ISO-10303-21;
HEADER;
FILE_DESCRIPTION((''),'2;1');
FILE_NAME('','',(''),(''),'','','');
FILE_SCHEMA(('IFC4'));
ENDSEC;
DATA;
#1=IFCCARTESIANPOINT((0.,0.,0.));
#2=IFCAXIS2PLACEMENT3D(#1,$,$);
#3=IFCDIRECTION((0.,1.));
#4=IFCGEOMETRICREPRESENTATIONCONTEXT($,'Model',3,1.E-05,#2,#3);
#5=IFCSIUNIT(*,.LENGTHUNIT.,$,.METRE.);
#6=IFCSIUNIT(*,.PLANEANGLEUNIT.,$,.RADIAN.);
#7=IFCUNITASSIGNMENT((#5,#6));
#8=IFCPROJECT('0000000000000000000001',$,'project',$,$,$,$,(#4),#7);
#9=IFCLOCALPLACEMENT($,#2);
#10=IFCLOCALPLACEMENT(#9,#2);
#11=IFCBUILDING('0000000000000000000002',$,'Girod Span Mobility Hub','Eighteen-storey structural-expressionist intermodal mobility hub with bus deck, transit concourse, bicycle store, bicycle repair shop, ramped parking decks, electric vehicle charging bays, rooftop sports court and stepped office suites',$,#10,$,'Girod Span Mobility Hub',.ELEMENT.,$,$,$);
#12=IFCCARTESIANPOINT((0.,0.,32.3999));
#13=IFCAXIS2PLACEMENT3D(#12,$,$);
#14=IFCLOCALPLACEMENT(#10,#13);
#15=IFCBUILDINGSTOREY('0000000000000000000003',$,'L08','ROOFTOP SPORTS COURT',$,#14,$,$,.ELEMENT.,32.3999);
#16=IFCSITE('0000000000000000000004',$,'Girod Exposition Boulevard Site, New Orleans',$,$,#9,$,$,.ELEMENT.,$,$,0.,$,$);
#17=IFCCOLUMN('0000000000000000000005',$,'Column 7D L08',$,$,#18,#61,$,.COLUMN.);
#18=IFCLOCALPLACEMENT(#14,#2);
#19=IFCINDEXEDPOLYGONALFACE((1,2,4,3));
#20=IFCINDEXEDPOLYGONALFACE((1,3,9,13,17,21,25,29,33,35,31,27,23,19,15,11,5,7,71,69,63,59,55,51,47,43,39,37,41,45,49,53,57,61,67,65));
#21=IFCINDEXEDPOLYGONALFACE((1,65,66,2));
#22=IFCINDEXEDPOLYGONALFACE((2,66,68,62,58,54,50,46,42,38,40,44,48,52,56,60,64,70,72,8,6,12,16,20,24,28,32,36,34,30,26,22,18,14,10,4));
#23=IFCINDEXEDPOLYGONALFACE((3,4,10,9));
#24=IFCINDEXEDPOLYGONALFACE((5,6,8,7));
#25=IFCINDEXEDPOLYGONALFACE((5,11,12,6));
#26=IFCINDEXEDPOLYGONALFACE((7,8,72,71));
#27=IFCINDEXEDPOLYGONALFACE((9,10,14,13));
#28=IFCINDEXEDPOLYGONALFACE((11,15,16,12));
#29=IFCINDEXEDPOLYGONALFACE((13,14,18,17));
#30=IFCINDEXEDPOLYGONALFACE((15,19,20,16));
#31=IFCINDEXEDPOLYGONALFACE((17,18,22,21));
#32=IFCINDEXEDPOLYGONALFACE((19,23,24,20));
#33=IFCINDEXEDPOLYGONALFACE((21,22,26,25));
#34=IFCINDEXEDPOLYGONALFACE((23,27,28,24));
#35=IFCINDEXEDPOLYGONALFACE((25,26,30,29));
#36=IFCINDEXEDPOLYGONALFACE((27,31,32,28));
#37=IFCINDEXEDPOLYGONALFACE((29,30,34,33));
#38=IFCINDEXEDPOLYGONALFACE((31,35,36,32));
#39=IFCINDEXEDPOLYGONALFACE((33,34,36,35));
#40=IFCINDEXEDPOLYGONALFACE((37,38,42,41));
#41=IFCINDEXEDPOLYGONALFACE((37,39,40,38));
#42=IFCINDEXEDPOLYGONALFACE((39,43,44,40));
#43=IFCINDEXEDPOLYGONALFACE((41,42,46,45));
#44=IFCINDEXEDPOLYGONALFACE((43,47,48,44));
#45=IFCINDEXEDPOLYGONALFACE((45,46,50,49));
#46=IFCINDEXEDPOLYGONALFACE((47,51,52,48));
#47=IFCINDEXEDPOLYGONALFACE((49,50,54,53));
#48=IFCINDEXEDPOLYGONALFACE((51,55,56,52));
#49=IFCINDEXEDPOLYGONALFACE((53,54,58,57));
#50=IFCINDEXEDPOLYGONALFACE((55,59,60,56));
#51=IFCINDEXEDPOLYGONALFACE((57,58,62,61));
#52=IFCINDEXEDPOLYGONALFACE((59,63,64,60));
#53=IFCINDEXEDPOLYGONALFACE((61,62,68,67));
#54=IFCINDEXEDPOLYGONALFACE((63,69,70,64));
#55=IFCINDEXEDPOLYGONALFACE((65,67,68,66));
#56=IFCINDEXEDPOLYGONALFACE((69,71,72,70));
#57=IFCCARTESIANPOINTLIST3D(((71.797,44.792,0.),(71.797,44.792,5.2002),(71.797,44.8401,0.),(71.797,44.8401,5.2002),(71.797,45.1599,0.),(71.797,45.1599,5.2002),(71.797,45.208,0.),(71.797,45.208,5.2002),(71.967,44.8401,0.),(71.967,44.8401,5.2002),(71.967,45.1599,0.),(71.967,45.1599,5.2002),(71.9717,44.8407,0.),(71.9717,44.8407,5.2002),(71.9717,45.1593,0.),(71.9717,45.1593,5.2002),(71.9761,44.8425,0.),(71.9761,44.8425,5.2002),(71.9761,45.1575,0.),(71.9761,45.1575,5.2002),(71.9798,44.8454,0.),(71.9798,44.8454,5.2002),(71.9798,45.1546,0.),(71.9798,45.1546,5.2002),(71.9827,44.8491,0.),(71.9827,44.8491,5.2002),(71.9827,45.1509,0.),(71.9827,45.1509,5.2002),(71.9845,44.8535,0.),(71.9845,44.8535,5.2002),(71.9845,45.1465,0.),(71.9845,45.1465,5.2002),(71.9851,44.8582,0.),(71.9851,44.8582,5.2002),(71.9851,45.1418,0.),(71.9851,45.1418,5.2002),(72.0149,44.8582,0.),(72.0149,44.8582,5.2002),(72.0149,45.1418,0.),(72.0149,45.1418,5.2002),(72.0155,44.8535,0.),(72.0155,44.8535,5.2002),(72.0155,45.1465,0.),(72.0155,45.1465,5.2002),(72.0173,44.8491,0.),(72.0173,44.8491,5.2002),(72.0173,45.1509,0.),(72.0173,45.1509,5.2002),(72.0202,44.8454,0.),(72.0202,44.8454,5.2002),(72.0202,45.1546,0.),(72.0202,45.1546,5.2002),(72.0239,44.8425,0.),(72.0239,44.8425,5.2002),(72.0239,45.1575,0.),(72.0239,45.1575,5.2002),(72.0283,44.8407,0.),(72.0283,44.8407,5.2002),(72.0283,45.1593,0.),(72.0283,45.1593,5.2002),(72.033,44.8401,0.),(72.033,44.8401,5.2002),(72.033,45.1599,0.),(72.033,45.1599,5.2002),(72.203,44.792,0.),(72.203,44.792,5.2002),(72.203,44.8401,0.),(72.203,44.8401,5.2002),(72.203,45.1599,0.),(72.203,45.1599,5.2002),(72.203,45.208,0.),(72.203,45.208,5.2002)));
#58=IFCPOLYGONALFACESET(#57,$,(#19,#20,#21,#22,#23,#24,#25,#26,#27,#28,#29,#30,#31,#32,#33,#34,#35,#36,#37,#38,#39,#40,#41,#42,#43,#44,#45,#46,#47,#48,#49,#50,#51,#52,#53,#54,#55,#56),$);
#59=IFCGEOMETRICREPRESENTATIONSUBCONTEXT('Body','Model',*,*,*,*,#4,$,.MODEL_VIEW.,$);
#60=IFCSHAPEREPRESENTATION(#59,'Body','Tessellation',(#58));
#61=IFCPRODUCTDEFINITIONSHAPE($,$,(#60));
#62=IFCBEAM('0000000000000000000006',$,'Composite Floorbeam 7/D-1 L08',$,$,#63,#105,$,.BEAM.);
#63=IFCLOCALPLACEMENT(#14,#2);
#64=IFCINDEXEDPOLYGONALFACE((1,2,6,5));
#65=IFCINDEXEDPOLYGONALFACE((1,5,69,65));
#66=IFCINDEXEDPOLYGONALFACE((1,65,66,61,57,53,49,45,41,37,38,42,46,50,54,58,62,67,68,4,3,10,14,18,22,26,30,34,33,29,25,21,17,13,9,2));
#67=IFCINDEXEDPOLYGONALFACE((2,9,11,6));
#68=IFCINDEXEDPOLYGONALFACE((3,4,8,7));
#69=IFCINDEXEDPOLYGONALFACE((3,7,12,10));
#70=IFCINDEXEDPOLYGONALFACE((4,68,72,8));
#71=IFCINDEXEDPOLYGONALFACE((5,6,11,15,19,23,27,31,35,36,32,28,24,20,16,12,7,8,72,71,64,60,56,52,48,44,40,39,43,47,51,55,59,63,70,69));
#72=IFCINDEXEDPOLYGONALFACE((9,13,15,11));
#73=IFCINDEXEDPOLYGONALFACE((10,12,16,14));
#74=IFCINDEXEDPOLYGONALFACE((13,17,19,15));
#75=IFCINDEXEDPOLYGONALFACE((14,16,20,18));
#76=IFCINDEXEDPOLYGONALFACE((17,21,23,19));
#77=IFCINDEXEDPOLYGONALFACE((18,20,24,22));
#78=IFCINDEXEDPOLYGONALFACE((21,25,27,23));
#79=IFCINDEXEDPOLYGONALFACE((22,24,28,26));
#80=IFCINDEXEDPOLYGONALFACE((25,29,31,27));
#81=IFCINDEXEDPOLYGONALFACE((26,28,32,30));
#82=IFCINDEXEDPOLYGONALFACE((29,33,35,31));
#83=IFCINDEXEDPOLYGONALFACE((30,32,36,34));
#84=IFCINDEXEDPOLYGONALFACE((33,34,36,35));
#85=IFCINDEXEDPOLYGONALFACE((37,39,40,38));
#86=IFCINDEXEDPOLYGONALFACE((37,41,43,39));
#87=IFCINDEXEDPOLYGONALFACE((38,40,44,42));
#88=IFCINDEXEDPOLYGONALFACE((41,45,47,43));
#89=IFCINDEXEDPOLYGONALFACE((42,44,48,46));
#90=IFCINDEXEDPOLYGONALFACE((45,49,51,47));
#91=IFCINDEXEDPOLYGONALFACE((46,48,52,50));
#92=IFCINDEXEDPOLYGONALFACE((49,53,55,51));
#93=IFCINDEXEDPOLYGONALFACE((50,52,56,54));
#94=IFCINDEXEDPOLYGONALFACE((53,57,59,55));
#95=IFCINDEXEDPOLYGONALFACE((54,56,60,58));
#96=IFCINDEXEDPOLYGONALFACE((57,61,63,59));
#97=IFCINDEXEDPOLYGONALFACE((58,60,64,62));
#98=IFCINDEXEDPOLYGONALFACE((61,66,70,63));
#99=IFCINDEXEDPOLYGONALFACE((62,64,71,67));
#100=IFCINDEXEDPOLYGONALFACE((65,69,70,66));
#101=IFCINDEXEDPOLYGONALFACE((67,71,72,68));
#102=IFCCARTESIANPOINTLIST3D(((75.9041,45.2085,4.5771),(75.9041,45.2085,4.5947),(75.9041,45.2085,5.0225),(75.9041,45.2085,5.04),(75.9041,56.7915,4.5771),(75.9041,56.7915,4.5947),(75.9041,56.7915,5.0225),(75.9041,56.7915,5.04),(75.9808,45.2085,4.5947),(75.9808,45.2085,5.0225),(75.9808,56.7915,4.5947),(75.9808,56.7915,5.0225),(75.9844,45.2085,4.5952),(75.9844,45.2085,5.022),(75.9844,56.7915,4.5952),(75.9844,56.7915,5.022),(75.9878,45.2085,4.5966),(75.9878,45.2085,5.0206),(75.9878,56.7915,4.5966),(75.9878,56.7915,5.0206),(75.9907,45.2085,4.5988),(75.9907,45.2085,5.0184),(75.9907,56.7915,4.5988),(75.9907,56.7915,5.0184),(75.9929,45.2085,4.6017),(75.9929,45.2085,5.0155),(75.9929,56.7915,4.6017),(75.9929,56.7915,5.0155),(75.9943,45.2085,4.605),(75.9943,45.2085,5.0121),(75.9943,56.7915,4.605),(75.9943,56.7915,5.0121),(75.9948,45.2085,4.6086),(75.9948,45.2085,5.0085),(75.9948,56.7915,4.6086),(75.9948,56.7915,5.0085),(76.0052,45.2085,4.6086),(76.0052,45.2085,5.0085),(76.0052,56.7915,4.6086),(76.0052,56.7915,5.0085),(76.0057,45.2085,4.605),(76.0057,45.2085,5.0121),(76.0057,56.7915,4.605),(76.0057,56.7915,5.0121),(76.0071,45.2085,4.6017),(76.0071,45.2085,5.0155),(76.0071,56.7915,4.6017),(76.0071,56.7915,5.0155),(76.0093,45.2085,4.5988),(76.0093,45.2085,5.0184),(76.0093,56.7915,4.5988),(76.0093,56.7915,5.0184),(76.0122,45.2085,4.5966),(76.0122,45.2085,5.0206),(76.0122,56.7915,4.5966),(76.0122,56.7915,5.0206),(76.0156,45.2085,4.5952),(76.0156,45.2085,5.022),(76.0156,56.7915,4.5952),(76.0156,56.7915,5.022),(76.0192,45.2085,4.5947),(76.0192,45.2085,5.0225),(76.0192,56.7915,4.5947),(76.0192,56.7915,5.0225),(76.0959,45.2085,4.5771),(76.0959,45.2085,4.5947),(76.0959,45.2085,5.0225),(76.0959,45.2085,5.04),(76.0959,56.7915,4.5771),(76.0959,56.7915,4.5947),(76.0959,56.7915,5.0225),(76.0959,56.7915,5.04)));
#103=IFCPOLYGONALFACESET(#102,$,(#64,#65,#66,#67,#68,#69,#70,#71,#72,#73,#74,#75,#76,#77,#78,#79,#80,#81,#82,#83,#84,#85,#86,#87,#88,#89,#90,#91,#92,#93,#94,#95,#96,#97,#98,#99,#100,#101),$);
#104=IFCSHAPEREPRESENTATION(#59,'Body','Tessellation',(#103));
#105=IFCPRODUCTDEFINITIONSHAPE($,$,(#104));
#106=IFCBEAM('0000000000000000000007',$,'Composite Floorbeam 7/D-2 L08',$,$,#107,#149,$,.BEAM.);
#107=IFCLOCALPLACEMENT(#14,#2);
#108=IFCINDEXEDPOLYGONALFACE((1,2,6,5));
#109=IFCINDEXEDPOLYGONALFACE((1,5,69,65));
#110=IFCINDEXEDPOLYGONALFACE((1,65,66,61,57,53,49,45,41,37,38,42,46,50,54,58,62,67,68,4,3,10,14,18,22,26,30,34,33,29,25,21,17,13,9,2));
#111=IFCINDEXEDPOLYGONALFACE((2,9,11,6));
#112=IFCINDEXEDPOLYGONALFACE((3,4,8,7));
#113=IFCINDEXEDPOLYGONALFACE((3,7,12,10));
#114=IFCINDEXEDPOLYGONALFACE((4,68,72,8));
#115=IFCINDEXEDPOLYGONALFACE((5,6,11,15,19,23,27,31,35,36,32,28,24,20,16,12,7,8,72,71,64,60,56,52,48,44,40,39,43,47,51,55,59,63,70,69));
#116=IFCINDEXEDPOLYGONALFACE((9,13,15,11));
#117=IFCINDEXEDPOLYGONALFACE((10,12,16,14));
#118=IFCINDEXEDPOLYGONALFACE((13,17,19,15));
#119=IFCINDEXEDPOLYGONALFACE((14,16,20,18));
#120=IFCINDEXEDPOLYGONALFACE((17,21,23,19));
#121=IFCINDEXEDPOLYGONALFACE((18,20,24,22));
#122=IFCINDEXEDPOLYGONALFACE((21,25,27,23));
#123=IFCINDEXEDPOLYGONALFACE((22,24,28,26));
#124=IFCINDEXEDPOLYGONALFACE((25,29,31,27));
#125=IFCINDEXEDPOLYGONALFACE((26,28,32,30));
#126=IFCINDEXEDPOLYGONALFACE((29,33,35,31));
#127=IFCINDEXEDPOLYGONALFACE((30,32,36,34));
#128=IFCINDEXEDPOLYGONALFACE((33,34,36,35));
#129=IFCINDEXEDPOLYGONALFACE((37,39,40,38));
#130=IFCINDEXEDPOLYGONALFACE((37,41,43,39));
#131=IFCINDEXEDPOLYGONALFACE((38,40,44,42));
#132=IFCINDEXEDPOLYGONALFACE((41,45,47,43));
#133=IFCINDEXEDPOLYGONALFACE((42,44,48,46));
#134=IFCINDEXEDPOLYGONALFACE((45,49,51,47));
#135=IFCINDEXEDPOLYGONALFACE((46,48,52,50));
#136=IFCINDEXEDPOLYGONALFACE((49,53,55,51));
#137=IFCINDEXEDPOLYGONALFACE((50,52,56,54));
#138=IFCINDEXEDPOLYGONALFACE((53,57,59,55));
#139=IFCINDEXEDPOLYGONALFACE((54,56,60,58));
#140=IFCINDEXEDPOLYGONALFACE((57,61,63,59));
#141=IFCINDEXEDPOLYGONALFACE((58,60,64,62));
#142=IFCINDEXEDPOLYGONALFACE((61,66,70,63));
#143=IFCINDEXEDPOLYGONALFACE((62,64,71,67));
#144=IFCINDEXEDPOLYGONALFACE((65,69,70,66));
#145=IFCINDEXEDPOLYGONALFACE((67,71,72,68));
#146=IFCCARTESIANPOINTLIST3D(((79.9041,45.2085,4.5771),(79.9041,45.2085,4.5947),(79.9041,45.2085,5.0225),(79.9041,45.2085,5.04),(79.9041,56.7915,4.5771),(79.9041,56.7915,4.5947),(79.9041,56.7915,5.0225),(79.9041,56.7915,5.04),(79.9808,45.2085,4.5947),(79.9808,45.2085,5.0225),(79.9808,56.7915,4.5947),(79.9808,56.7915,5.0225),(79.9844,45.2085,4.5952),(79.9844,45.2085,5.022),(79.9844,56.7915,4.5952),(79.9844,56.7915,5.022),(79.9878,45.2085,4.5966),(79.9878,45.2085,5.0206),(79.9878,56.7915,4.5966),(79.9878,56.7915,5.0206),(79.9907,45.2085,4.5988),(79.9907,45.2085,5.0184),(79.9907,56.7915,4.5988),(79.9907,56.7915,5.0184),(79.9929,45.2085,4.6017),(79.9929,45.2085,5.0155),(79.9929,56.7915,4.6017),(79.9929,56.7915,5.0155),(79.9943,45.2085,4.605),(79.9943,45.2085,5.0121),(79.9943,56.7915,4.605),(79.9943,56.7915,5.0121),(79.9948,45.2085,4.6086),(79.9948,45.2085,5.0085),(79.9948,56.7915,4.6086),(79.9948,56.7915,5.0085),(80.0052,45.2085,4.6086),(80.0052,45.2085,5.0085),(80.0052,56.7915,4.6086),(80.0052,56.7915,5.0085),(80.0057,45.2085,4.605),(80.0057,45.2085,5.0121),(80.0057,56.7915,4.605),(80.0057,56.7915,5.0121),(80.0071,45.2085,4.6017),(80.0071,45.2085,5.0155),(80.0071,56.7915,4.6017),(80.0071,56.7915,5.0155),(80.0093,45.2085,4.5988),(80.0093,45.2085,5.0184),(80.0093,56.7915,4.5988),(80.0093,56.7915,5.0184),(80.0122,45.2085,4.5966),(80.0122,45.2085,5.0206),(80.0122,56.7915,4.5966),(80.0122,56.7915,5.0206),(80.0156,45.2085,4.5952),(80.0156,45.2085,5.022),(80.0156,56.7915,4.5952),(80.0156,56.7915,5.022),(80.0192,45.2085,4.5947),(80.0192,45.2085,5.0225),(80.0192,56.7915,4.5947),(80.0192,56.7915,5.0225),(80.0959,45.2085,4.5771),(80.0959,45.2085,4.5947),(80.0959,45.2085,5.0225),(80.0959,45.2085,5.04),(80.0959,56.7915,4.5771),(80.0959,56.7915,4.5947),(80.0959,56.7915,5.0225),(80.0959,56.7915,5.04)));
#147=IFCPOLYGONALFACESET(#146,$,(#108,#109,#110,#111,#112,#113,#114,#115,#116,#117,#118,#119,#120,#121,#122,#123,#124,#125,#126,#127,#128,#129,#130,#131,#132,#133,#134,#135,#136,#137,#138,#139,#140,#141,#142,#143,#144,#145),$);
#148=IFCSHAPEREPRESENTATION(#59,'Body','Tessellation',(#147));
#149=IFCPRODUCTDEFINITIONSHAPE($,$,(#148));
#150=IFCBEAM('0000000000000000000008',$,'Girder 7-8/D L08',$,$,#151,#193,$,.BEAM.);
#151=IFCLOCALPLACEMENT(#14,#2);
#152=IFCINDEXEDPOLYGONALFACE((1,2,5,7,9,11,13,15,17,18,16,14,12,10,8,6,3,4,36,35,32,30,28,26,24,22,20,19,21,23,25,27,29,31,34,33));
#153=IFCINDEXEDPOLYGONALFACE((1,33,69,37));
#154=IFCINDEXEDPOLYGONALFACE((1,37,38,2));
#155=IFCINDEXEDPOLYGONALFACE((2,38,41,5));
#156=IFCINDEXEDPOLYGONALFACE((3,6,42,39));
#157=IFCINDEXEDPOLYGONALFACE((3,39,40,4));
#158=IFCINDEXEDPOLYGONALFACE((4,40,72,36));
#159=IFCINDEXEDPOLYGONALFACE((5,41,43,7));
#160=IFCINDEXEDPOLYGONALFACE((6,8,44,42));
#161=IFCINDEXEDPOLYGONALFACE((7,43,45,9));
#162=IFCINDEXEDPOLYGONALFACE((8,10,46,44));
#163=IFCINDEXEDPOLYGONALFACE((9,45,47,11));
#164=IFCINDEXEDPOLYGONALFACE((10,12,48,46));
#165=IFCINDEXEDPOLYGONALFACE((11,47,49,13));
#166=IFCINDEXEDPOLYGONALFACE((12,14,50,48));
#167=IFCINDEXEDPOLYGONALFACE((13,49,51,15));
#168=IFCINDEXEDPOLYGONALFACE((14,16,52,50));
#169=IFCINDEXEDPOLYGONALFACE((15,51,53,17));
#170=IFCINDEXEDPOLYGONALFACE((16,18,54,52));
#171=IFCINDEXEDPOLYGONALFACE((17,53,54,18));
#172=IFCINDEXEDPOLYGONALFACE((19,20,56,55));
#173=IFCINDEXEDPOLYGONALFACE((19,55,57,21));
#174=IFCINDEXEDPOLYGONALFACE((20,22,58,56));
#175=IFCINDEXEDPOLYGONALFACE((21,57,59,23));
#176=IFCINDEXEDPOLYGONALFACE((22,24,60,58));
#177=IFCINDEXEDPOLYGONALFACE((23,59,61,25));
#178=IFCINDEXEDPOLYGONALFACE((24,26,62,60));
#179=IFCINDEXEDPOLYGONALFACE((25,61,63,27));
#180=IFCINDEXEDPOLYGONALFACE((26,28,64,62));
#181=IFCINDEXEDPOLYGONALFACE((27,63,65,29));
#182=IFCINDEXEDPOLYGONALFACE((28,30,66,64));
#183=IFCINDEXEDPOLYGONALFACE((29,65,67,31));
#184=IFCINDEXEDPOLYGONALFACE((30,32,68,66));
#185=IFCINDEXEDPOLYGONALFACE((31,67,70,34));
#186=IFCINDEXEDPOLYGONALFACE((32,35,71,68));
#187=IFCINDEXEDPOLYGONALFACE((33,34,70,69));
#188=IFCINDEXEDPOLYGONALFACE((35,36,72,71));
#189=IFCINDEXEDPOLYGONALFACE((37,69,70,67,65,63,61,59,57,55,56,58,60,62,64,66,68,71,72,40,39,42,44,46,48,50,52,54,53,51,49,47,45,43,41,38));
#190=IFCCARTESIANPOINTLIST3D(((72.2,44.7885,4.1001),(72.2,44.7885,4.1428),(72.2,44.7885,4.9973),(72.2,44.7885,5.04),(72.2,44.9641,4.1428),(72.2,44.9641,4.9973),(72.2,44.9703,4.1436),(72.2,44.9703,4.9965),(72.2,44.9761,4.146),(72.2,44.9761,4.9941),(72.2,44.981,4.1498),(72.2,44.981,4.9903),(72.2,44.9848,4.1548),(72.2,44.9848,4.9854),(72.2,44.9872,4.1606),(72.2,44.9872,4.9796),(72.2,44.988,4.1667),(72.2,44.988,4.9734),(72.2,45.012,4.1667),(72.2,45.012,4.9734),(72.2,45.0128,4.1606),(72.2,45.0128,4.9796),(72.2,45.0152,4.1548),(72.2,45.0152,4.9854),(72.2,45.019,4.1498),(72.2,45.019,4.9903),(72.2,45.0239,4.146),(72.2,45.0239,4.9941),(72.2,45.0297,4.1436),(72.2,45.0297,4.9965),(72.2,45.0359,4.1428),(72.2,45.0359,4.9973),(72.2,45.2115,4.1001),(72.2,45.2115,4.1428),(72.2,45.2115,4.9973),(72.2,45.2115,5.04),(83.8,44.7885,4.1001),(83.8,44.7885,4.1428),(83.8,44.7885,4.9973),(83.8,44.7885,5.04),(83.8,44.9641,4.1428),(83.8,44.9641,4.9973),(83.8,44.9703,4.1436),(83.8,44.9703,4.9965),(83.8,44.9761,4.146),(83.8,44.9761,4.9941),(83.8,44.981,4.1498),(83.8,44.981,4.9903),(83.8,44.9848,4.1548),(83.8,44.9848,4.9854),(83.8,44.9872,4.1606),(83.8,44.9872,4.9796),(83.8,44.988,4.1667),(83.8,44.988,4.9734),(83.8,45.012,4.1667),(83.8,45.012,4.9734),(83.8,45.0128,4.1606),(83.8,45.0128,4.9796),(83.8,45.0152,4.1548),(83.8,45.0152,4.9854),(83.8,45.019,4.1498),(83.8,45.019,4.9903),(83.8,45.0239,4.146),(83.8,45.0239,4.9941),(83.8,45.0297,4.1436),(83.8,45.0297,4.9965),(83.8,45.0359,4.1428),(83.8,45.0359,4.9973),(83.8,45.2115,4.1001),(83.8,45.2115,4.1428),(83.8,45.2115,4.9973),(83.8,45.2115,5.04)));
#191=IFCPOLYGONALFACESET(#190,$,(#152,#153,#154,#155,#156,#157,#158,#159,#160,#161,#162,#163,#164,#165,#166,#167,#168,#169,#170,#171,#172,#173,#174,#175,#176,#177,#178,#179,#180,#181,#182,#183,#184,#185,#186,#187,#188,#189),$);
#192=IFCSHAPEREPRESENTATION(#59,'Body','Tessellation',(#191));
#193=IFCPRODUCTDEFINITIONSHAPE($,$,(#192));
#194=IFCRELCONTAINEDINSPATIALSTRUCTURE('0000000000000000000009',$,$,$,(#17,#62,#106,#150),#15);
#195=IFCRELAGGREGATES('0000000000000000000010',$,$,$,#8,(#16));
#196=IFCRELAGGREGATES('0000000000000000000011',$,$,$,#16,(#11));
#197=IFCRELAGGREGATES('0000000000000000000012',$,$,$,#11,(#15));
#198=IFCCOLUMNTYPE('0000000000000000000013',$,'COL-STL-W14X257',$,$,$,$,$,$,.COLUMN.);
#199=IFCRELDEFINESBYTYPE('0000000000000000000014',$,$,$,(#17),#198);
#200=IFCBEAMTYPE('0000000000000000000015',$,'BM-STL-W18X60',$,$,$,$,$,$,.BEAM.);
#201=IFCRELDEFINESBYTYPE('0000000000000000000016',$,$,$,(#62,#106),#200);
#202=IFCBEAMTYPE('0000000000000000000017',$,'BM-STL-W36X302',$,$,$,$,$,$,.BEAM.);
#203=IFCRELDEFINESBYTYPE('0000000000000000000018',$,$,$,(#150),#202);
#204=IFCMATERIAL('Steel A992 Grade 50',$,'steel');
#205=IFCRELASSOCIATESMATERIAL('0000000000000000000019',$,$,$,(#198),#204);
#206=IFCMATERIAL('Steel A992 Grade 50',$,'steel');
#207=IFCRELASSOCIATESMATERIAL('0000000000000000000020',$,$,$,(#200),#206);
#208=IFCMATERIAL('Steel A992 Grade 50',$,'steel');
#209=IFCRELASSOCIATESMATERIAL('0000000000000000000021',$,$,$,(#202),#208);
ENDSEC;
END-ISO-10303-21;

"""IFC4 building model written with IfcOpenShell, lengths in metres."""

from ifc_helpers import new_model, si_unit, direction, frame, origin, origin_2d, place, context, subcontext, project, spatial, i_section, extrude, material, material_profile, profile_set, type_object, element, save


model = new_model("IFC4")

# Units and contexts
model_context = context("Model", 3, precision=1e-05, world=origin(), true_north=direction((0.0, 1.0)))
body_context = subcontext(model_context, "Body", "Model", "MODEL_VIEW")
ifc_project = project(units=[si_unit("LENGTHUNIT", "METRE"), si_unit("PLANEANGLEUNIT", "RADIAN")], contexts=[model_context])

# Site, building, storey
site_placement = place(None, origin())
site = spatial("IfcSite", under=ifc_project, at=site_placement, Name="Girod Exposition Boulevard Site, New Orleans", CompositionType="ELEMENT", RefElevation=0.0)
building_placement = place(site_placement, origin())
building = spatial("IfcBuilding", under=site, at=building_placement, Name="Girod Span Mobility Hub", Description="Eighteen-storey structural-expressionist intermodal mobility hub with bus deck, transit concourse, bicycle store, bicycle repair shop, ramped parking decks, electric vehicle charging bays, rooftop sports court and stepped office suites", LongName="Girod Span Mobility Hub", CompositionType="ELEMENT")
storey_placement = place(building_placement, frame((0.0, 0.0, 32.3999)))
storey = spatial("IfcBuildingStorey", under=building, at=storey_placement, Name="L08", Description="ROOFTOP SPORTS COURT", CompositionType="ELEMENT", Elevation=32.3999)

# Column
ifc_material_1 = material(Name="Steel A992 Grade 50", Category="steel")
ifc_material_profile_1 = material_profile(ifc_material_1, i_section(OverallWidth=0.406, OverallDepth=0.416, WebThickness=0.0298, FlangeThickness=0.0481, FilletRadius=0.0181, at=origin_2d()), Name="W14X257")
ifc_profile_set_1 = profile_set([ifc_material_profile_1], Name="Steel A992 Grade 50")
column_type = type_object("IfcColumnType", Name="COL-STL-W14X257", PredefinedType="COLUMN", material=ifc_profile_set_1)
column_placement = place(storey_placement, frame((72.0, 45.0, 0.0), z_axis=(0.0, 0.0, 1.0), x_axis=(1.0, 0.0, 0.0)))
element("IfcColumn", 1, at=column_placement, inside=storey, type_object=column_type, Name="Column 7D L08", PredefinedType="COLUMN", context=body_context, shape_type="SweptSolid", body=[
    extrude(i_section(OverallWidth=0.406, OverallDepth=0.416, WebThickness=0.0298, FlangeThickness=0.0481, FilletRadius=0.0181, at=origin_2d()), origin(), (0.0, 0.0, 1.0), 5.2002),
])

# Beams
ifc_material_2 = material(Name="Steel A992 Grade 50", Category="steel")
ifc_material_profile_2 = material_profile(ifc_material_2, i_section(OverallWidth=0.1919, OverallDepth=0.4629, WebThickness=0.0105, FlangeThickness=0.0176, FilletRadius=0.0139, at=origin_2d()), Name="W18X60")
ifc_profile_set_2 = profile_set([ifc_material_profile_2], Name="Steel A992 Grade 50")
beam_type_1 = type_object("IfcBeamType", Name="BM-STL-W18X60", PredefinedType="BEAM", material=ifc_profile_set_2)
for number, where, z_axis, x_axis, name in (
    (2, (76.0, 45.2085, 4.8086), (0.0, 1.0, 0.0), (-1.0, 0.0, 0.0), "Composite Floorbeam 7/D-1 L08"),
    (3, (80.0, 45.2085, 4.8086), (0.0, 1.0, 0.0), (-1.0, 0.0, 0.0), "Composite Floorbeam 7/D-2 L08"),
):
    element("IfcBeam", number, at=place(storey_placement, frame(where, z_axis=z_axis, x_axis=x_axis)), inside=storey, type_object=beam_type_1, Name=name, PredefinedType="BEAM", context=body_context, shape_type="SweptSolid", body=[
        extrude(i_section(OverallWidth=0.1919, OverallDepth=0.4629, WebThickness=0.0105, FlangeThickness=0.0176, FilletRadius=0.0139, at=origin_2d()), origin(), (0.0, 0.0, 1.0), 11.583),
    ])
ifc_material_3 = material(Name="Steel A992 Grade 50", Category="steel")
ifc_material_profile_3 = material_profile(ifc_material_3, i_section(OverallWidth=0.4231, OverallDepth=0.9399, WebThickness=0.0239, FlangeThickness=0.0427, FilletRadius=0.0239, at=origin_2d()), Name="W36X302")
ifc_profile_set_3 = profile_set([ifc_material_profile_3], Name="Steel A992 Grade 50")
beam_type_2 = type_object("IfcBeamType", Name="BM-STL-W36X302", PredefinedType="BEAM", material=ifc_profile_set_3)
beam_1_placement = place(storey_placement, frame((72.2, 45.0, 4.5701), z_axis=(1.0, 0.0, 0.0), x_axis=(0.0, 1.0, 0.0)))
element("IfcBeam", 4, at=beam_1_placement, inside=storey, type_object=beam_type_2, Name="Girder 7-8/D L08", PredefinedType="BEAM", context=body_context, shape_type="SweptSolid", body=[
    extrude(i_section(OverallWidth=0.4231, OverallDepth=0.9399, WebThickness=0.0239, FlangeThickness=0.0427, FilletRadius=0.0239, at=origin_2d()), origin(), (0.0, 0.0, 1.0), 11.6001),
])

save(model, "model.ifc")
